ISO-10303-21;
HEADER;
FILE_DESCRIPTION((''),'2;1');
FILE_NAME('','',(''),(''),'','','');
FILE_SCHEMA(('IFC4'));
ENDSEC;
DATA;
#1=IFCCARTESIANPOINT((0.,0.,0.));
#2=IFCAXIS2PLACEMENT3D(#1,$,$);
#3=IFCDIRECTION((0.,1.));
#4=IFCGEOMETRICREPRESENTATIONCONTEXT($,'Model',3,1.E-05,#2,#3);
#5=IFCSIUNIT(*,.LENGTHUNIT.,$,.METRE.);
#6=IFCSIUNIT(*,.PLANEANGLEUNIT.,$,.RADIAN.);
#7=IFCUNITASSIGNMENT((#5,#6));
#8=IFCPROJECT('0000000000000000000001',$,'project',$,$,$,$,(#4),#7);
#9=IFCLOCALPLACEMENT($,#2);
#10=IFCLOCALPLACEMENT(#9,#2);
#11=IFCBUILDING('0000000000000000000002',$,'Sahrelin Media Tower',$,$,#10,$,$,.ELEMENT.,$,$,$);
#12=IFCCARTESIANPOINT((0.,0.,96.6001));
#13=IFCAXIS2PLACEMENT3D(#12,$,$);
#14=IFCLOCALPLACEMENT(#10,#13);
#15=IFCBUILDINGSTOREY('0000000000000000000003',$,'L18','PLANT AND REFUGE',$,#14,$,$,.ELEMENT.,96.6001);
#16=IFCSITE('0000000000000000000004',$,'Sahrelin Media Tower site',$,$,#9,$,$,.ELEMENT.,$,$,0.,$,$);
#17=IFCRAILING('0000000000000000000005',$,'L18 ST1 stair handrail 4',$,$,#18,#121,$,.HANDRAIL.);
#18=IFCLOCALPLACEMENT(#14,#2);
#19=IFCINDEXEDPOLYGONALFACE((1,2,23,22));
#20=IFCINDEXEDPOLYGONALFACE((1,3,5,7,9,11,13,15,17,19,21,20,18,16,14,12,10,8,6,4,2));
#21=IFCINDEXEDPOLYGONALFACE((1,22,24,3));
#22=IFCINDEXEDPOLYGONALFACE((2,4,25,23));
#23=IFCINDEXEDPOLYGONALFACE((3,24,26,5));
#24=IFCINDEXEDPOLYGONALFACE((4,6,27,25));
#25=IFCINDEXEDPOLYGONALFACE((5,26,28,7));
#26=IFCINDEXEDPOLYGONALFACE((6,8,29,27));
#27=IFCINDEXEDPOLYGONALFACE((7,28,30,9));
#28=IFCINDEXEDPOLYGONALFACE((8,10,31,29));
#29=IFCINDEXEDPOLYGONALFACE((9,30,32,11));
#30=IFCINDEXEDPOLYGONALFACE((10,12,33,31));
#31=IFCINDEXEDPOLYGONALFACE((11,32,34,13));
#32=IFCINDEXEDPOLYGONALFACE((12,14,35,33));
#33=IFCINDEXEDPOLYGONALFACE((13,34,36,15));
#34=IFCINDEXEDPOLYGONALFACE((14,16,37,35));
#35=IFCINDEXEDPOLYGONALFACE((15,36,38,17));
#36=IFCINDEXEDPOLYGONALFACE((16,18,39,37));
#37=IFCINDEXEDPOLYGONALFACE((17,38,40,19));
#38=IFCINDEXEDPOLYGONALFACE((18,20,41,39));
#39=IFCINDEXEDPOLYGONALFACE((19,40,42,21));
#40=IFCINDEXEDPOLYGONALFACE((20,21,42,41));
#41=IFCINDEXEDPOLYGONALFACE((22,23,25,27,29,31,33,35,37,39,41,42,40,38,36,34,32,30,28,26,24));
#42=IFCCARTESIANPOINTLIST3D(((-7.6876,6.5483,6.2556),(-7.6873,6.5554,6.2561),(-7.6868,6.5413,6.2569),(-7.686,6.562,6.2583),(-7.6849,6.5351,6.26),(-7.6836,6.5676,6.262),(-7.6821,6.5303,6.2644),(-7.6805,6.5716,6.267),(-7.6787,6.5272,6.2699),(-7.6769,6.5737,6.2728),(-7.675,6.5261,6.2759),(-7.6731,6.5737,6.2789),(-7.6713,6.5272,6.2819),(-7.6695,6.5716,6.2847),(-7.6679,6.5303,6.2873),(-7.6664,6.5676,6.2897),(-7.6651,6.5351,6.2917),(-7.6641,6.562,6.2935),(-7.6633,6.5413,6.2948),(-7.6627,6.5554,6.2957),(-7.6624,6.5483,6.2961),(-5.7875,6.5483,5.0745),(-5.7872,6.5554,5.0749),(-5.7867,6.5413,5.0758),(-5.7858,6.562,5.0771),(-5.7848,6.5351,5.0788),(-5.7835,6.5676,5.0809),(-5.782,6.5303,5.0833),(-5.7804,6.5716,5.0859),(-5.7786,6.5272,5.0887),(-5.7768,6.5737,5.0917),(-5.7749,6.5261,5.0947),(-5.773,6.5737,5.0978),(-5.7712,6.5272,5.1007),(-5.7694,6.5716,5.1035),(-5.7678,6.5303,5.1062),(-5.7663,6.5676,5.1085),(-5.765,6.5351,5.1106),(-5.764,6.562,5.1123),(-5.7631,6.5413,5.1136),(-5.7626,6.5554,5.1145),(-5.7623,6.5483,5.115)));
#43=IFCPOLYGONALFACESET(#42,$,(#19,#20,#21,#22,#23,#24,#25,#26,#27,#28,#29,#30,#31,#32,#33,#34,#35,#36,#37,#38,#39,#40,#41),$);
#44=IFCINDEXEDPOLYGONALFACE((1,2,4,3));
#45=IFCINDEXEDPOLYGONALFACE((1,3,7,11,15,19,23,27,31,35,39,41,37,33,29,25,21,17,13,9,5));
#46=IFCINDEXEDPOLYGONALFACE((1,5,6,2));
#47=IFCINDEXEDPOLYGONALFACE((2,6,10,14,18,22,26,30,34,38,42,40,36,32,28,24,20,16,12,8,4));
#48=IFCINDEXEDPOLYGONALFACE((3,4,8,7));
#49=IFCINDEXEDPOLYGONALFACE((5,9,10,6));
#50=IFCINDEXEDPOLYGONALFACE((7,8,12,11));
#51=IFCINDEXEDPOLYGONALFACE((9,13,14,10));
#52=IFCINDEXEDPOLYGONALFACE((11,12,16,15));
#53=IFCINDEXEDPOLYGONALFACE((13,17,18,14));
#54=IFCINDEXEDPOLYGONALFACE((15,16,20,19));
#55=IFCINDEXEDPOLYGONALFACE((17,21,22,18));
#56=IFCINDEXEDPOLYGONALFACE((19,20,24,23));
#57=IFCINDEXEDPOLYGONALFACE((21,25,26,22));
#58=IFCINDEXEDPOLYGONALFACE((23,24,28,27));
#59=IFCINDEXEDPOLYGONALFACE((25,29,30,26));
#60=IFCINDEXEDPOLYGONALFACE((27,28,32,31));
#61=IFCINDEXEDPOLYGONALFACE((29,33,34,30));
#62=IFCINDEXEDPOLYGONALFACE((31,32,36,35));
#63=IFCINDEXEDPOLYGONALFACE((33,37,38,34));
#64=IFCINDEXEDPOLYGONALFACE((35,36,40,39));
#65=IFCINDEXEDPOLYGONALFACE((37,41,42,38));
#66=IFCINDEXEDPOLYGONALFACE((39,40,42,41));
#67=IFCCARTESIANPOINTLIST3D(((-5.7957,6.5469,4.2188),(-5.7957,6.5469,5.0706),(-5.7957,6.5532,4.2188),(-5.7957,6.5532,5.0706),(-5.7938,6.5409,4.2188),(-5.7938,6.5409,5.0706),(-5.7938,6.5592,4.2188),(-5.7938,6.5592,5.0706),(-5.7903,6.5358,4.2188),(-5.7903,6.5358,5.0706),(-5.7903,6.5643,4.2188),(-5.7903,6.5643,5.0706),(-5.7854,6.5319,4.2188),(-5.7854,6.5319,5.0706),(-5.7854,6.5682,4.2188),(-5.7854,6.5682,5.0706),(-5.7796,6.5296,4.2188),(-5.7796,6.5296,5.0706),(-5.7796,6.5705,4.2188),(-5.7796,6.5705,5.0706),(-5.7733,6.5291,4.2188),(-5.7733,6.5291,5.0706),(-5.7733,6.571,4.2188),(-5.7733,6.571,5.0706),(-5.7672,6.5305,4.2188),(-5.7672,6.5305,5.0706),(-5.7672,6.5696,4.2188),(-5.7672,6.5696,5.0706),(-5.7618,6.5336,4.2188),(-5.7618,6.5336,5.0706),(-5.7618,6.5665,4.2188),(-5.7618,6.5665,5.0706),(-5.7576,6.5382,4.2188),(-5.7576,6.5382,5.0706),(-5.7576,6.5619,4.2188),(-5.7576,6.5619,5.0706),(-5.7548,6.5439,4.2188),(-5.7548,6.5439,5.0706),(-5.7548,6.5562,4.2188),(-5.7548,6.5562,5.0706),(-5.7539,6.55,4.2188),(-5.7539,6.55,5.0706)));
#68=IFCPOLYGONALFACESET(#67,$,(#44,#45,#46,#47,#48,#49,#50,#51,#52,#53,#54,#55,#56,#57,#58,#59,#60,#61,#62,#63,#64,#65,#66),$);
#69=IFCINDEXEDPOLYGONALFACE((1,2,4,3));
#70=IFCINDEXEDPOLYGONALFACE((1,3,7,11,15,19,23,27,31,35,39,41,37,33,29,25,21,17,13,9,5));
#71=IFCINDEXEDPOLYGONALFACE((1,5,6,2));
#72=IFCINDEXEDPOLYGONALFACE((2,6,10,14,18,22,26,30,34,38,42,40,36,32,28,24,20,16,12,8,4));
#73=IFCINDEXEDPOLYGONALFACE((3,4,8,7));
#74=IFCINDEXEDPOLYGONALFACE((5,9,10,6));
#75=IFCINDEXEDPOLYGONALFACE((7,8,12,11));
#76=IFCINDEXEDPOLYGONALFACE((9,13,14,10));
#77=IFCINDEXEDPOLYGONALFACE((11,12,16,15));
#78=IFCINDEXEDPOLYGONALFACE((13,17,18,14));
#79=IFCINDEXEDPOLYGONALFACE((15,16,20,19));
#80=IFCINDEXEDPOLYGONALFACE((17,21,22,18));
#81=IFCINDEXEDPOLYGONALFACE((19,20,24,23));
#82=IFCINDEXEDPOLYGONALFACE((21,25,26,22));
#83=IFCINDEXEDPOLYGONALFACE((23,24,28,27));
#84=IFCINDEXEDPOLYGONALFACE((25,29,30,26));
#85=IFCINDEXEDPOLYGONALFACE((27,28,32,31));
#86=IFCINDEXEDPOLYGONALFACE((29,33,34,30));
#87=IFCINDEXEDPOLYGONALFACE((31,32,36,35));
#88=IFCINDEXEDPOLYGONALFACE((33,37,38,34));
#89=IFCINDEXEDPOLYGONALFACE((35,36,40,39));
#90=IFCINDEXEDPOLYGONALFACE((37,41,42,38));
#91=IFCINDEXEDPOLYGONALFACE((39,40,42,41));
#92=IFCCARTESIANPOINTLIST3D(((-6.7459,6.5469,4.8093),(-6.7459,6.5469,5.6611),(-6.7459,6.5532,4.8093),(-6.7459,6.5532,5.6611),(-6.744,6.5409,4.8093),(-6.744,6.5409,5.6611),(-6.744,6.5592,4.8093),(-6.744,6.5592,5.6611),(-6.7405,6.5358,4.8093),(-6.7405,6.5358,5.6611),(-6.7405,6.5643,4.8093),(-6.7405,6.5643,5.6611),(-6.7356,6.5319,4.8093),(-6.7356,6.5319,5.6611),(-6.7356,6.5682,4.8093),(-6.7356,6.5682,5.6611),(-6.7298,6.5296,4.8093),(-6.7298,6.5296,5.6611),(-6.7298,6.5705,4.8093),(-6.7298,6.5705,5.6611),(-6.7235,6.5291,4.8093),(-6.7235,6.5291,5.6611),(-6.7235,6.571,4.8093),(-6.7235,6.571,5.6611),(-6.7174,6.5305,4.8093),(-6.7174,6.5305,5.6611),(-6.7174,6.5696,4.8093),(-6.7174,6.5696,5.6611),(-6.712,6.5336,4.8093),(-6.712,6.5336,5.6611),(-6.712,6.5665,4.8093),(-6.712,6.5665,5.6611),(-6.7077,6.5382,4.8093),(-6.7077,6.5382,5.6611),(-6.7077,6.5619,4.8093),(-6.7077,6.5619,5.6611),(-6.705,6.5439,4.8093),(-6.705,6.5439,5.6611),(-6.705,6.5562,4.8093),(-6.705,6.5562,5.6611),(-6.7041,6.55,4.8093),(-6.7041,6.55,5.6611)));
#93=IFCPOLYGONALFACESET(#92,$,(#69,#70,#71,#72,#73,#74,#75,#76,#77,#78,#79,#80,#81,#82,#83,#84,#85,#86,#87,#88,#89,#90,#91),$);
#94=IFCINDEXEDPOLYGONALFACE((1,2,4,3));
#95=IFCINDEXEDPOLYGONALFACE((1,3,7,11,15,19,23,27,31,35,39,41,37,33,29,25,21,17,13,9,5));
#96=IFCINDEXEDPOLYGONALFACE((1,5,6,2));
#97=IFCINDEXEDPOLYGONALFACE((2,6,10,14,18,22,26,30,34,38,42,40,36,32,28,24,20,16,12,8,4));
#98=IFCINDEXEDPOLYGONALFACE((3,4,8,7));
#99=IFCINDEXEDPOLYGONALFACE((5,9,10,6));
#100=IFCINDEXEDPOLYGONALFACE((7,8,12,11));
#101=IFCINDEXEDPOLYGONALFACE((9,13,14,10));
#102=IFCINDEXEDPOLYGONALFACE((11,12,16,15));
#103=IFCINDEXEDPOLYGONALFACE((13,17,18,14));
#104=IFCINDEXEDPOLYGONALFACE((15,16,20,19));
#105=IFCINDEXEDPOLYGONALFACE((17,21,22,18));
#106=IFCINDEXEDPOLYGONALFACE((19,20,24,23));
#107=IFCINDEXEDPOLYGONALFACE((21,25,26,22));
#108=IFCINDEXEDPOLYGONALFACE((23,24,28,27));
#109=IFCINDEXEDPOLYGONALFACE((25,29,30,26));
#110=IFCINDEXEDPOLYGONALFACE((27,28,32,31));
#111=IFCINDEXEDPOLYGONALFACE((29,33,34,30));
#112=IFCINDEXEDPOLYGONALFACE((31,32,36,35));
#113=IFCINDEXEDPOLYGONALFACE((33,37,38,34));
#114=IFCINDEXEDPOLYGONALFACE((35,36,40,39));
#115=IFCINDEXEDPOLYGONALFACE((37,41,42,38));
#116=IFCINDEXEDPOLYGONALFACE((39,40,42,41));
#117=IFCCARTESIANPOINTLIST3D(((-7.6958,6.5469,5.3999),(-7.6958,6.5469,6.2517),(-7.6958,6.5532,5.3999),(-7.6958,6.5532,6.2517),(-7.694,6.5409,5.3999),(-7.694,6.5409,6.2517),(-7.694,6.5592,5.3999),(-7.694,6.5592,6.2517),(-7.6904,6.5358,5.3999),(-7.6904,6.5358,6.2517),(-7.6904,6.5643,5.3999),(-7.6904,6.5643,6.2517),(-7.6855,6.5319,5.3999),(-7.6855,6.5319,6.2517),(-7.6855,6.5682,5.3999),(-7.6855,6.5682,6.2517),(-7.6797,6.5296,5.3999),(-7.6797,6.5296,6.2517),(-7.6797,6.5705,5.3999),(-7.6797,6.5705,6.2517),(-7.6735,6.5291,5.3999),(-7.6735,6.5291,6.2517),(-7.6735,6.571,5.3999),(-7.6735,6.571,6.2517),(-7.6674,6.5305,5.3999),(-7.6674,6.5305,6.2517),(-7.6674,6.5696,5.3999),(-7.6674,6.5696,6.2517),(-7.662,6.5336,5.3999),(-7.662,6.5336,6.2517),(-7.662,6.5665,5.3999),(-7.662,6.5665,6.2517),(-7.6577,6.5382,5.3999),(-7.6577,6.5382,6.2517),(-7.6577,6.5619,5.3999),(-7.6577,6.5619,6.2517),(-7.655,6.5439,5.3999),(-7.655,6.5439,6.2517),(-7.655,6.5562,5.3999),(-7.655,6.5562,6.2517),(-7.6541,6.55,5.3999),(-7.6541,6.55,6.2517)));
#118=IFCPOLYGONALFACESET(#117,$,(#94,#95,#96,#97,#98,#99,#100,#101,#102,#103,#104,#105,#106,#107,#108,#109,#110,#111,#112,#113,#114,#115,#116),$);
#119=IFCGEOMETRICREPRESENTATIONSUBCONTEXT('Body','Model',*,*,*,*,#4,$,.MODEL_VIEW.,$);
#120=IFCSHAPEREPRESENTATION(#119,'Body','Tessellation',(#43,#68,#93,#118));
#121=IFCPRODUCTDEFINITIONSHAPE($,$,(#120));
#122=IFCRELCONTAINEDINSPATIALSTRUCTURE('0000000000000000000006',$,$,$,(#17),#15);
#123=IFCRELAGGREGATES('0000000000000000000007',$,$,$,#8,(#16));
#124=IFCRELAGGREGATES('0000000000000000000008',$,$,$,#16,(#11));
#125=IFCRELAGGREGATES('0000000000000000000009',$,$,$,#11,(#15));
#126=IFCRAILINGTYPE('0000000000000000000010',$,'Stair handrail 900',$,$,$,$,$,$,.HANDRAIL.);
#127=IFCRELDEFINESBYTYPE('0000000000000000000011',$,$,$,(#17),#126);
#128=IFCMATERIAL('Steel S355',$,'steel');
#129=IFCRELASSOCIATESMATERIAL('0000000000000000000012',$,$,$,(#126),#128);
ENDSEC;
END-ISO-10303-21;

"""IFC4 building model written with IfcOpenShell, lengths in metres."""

from ifc_helpers import new_model, si_unit, direction, frame, origin, origin_2d, place, context, subcontext, project, spatial, circle, extrude, material, type_object, element, save


model = new_model("IFC4")

# Units and contexts
model_context = context("Model", 3, precision=1e-05, world=origin(), true_north=direction((0.0, 1.0)))
body_context = subcontext(model_context, "Body", "Model", "MODEL_VIEW")
ifc_project = project(units=[si_unit("LENGTHUNIT", "METRE"), si_unit("PLANEANGLEUNIT", "RADIAN")], contexts=[model_context])

# Site, building, storey
site_placement = place(None, origin())
site = spatial("IfcSite", under=ifc_project, at=site_placement, Name="Sahrelin Media Tower site", CompositionType="ELEMENT", RefElevation=0.0)
building_placement = place(site_placement, origin())
building = spatial("IfcBuilding", under=site, at=building_placement, Name="Sahrelin Media Tower", CompositionType="ELEMENT")
storey_placement = place(building_placement, frame((0.0, 0.0, 96.6001)))
storey = spatial("IfcBuildingStorey", under=building, at=storey_placement, Name="L18", Description="PLANT AND REFUGE", CompositionType="ELEMENT", Elevation=96.6001)

# Railing
ifc_material_1 = material(Name="Steel S355", Category="steel")
railing_type_1 = type_object("IfcRailingType", Name="Stair handrail 900", PredefinedType="HANDRAIL", material=ifc_material_1)
railing_1_placement = place(storey_placement, frame((-5.7749, 6.55, 4.2188)))
element("IfcRailing", 1, at=railing_1_placement, inside=storey, type_object=railing_type_1, Name="L18 ST1 stair handrail 4", PredefinedType="HANDRAIL", context=body_context, shape_type="SweptSolid", body=[
    extrude(circle(Radius=0.0239, at=origin_2d()), frame((0.0, 0.0, 0.876), z_axis=(-0.849289, 0.0, 0.527928), x_axis=(0.0, -1.0, 0.0)), (0.0, 0.0, 1.0), 2.2373),
    extrude(circle(Radius=0.021, at=origin_2d()), origin(), (0.0, 0.0, 1.0), 0.8518),
    extrude(circle(Radius=0.021, at=origin_2d()), frame((-0.9502, 0.0, 0.5906)), (0.0, 0.0, 1.0), 0.8518),
    extrude(circle(Radius=0.021, at=origin_2d()), frame((-1.9001, 0.0, 1.1812)), (0.0, 0.0, 1.0), 0.8518),
])

save(model, "model.ifc")
